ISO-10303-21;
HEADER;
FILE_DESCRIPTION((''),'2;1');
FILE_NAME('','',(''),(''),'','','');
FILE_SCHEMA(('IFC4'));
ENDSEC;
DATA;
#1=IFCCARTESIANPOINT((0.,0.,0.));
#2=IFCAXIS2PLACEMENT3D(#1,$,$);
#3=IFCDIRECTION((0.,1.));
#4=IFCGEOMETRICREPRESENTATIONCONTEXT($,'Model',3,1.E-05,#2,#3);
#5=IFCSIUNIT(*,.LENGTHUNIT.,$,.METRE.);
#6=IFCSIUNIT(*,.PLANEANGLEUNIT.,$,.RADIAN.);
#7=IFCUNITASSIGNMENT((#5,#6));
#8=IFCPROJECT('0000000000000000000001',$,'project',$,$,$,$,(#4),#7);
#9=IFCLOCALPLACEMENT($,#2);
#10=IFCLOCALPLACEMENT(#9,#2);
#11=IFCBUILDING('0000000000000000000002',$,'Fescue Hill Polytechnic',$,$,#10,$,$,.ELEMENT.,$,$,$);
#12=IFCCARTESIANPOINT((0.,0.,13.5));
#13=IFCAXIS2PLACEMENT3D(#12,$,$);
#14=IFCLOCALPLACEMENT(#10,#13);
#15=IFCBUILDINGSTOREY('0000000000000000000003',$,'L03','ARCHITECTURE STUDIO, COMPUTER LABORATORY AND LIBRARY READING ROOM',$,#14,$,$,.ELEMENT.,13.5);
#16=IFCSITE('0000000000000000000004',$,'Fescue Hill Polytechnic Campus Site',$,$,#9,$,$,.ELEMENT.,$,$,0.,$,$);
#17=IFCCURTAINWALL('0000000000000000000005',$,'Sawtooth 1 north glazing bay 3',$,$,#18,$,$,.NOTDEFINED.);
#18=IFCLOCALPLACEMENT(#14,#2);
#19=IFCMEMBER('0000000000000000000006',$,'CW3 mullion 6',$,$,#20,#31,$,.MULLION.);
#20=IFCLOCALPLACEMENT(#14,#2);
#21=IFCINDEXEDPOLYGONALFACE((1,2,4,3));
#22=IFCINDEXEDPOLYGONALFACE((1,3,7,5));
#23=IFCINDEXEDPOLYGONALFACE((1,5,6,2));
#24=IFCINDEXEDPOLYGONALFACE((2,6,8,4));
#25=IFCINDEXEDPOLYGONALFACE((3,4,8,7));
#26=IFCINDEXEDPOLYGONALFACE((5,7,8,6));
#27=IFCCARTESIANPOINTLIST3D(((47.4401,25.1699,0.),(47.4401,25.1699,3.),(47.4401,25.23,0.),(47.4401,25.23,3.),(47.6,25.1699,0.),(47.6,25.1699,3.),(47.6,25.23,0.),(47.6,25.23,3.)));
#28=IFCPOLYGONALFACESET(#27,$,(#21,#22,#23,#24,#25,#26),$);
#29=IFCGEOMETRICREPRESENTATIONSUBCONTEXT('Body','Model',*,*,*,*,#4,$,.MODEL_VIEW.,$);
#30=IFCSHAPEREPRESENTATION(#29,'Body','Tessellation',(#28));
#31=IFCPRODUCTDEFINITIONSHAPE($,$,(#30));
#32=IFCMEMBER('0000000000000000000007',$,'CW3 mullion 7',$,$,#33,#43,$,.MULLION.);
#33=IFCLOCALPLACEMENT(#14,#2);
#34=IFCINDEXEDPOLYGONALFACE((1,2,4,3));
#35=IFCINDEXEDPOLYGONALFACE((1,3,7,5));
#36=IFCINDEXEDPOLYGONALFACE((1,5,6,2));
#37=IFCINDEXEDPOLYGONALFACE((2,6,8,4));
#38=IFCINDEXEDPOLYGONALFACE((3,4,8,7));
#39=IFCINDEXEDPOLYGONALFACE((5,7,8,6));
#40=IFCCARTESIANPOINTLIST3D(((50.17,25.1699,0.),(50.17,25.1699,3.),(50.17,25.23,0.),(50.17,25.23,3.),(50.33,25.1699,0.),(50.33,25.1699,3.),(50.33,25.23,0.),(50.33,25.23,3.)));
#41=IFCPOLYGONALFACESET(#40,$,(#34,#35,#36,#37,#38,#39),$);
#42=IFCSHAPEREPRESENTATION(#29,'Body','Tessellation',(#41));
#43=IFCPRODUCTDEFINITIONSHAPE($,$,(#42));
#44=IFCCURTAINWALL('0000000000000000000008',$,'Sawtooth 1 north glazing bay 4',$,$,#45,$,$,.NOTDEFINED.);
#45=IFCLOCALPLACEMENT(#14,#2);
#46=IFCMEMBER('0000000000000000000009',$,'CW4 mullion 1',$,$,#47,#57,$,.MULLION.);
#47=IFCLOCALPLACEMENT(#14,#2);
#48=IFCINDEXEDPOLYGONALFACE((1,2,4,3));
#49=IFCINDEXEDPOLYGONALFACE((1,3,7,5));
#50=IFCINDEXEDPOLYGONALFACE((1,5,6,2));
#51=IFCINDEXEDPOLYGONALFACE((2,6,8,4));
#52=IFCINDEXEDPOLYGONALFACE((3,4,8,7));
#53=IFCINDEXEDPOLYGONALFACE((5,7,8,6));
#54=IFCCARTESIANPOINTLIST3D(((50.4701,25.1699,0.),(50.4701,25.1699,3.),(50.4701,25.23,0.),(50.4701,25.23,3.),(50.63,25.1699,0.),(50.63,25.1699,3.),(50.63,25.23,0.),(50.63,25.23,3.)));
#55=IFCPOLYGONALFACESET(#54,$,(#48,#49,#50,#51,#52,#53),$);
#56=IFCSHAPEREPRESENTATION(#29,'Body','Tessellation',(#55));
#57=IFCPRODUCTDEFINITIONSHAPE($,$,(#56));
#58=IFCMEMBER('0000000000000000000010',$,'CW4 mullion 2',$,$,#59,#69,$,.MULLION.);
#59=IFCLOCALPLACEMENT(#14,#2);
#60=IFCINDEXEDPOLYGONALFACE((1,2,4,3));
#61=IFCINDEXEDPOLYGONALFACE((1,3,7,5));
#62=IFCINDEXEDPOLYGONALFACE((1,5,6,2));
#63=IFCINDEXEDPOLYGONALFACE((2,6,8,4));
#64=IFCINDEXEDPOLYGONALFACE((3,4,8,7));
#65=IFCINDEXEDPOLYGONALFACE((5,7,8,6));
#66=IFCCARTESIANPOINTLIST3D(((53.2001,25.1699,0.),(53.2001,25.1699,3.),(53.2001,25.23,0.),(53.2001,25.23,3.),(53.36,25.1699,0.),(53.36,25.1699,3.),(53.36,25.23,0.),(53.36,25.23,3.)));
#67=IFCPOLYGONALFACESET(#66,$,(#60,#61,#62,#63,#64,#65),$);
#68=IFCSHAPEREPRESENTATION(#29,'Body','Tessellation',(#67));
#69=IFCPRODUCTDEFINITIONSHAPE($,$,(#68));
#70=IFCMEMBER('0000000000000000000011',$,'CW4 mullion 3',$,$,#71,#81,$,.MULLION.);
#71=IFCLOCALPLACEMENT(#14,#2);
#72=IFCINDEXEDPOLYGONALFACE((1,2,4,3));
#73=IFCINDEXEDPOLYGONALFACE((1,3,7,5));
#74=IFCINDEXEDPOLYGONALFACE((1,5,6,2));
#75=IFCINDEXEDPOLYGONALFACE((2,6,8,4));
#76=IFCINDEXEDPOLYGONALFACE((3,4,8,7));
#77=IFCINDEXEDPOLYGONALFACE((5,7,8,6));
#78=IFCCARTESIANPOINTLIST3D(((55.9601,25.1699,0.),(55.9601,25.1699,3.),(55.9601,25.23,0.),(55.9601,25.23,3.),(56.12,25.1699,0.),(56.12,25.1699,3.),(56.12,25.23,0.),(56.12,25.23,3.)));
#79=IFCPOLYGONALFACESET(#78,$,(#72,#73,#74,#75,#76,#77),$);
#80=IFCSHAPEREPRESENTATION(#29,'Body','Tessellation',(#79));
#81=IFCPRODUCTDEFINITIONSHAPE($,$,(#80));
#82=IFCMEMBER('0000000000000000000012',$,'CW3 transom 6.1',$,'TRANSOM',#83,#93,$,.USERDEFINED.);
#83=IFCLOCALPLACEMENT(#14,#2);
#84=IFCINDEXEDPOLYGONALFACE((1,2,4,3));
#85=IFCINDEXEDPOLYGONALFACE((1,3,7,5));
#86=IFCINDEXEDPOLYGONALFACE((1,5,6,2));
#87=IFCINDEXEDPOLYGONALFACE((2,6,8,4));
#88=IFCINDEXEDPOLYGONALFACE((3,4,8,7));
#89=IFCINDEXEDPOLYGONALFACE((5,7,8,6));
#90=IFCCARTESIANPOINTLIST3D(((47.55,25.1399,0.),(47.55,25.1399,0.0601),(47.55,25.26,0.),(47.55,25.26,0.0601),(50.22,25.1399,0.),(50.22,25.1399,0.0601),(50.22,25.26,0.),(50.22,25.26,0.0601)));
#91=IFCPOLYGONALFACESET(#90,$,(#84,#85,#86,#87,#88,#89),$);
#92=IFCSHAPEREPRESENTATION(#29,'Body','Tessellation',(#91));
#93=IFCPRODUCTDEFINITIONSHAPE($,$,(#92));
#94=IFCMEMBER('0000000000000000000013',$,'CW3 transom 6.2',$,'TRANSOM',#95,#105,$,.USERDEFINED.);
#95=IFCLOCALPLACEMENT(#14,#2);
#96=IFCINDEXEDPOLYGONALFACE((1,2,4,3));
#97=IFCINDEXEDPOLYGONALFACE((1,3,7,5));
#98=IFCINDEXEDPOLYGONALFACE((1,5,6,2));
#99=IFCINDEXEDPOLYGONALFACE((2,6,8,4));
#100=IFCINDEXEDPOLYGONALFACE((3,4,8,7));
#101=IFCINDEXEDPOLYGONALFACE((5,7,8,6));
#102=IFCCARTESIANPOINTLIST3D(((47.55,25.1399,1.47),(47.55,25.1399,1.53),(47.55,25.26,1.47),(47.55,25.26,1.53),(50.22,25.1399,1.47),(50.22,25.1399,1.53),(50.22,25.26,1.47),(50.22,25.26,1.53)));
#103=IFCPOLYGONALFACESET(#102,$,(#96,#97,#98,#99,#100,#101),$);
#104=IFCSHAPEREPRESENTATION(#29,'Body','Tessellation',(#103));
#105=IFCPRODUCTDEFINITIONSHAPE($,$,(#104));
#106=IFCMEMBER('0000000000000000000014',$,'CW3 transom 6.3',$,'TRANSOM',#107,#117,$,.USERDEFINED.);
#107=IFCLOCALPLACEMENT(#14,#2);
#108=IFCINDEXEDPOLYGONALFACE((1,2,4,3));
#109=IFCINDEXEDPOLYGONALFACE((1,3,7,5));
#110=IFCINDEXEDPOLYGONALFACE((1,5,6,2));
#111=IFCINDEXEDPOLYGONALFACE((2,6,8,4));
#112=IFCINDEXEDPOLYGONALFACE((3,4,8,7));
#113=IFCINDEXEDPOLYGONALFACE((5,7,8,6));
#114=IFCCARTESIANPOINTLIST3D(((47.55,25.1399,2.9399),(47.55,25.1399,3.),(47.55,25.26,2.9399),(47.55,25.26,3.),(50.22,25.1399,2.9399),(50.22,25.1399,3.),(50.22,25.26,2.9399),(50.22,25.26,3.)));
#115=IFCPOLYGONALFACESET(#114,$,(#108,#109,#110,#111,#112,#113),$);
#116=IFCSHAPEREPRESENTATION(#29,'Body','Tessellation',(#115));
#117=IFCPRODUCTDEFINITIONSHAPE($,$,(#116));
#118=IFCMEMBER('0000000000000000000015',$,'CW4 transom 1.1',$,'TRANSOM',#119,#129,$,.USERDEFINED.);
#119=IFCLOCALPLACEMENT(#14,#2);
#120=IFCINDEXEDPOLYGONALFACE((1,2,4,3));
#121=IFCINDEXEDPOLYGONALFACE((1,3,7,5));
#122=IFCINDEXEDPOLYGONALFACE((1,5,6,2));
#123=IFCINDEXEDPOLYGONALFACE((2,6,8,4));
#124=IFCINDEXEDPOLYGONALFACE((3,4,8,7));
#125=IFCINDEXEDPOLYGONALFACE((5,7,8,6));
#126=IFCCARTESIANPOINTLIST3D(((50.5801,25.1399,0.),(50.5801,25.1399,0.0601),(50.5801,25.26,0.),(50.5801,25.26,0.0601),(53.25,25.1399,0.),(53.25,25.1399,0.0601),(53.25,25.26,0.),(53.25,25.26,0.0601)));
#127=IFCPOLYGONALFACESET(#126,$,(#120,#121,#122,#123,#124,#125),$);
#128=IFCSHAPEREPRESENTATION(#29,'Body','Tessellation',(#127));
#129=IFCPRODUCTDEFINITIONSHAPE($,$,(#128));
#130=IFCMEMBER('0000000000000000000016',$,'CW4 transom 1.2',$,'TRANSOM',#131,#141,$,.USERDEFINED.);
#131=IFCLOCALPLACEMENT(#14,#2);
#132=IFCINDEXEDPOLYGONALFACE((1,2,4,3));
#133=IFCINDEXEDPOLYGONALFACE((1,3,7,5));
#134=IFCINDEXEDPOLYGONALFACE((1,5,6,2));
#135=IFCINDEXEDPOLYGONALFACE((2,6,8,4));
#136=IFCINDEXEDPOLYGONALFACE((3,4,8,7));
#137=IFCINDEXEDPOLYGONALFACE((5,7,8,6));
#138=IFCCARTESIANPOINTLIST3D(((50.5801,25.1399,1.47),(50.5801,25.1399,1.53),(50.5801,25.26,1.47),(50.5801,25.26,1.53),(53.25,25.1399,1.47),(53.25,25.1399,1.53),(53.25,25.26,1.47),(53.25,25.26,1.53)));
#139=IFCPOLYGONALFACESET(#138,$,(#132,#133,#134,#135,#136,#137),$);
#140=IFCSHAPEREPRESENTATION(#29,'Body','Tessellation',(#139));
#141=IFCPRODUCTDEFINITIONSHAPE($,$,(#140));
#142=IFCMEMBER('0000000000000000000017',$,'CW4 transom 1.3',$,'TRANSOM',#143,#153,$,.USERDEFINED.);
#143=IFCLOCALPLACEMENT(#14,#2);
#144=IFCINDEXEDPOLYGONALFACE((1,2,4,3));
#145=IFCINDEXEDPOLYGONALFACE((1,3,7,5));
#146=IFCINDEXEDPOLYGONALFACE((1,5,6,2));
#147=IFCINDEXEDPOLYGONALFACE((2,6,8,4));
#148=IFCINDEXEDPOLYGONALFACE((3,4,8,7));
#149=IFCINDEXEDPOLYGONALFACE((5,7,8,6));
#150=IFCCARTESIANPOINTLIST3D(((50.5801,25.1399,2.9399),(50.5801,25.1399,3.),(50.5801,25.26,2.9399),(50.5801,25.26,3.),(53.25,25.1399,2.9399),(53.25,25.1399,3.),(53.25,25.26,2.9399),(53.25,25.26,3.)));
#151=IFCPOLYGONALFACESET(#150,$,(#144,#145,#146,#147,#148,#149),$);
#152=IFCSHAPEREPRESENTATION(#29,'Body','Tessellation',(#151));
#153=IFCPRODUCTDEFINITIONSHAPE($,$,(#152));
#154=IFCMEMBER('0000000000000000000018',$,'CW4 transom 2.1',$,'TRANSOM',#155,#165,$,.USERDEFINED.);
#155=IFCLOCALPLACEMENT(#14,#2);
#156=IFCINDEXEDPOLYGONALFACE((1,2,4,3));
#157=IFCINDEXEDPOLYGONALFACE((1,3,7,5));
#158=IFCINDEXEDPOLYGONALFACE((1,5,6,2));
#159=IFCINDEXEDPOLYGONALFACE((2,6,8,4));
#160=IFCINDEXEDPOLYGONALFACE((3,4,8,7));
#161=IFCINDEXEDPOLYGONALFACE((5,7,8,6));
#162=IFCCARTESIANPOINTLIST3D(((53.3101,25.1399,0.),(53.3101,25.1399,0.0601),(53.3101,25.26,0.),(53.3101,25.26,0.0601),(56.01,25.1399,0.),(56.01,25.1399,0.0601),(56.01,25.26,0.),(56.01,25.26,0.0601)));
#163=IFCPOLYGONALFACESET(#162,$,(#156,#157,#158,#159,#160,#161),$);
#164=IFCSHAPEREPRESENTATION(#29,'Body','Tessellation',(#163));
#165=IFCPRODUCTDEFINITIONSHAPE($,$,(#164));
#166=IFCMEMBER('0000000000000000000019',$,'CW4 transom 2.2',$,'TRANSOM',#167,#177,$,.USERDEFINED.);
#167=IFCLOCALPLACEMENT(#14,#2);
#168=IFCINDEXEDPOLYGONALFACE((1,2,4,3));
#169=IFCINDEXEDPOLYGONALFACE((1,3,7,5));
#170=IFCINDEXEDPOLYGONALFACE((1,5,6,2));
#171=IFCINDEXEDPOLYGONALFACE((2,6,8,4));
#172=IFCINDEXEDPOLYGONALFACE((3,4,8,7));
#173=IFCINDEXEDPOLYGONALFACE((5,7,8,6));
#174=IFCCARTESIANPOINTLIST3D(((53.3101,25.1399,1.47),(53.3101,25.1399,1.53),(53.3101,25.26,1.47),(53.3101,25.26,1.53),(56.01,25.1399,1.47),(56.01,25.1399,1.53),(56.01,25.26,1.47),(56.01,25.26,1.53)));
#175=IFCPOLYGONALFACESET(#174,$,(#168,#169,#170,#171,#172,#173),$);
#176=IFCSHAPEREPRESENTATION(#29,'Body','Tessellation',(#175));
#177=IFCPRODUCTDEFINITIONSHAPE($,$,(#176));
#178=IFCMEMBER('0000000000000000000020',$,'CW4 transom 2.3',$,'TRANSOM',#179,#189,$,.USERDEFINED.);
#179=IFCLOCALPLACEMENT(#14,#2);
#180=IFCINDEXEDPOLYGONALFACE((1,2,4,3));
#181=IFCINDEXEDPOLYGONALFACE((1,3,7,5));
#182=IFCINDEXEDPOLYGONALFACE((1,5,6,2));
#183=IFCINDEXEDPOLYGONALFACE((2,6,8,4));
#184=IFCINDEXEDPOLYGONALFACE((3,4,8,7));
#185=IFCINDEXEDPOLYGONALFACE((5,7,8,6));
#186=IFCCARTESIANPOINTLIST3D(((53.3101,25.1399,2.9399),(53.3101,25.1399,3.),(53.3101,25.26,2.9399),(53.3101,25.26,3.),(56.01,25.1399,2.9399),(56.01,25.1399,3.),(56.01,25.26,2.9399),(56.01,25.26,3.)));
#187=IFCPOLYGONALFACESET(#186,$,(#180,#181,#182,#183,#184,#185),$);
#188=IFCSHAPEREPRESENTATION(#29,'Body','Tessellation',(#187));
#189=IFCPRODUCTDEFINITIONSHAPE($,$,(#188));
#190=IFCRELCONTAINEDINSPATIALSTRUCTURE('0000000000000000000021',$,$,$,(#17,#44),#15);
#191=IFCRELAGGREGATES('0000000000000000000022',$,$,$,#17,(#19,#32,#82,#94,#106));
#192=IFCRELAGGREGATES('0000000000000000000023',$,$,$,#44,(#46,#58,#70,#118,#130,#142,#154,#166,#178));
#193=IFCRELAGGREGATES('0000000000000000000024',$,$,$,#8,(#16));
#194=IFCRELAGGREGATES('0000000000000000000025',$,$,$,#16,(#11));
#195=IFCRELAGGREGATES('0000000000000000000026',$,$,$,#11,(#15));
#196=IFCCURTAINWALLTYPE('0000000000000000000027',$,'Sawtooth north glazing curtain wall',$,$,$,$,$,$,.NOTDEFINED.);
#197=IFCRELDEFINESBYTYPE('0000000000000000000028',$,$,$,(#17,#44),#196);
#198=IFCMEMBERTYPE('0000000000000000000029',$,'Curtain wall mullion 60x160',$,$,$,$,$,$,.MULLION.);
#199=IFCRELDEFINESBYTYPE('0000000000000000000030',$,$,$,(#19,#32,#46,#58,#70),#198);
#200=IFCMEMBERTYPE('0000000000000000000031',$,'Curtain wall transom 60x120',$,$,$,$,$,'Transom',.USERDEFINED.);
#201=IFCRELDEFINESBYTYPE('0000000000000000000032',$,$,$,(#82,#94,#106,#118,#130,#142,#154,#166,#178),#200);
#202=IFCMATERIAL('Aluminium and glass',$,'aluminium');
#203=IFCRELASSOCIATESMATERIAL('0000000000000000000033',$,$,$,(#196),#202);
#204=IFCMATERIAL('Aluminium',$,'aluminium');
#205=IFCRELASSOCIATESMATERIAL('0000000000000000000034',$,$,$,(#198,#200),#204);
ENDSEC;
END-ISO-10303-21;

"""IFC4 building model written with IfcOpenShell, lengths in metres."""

from ifc_helpers import new_model, si_unit, direction, frame, origin, origin_2d, place, context, subcontext, project, spatial, rectangle, extrude, material, material_profile, profile_set, type_object, element, aggregate, save


model = new_model("IFC4")

# Units and contexts
model_context = context("Model", 3, precision=1e-05, world=origin(), true_north=direction((0.0, 1.0)))
body_context = subcontext(model_context, "Body", "Model", "MODEL_VIEW")
ifc_project = project(units=[si_unit("LENGTHUNIT", "METRE"), si_unit("PLANEANGLEUNIT", "RADIAN")], contexts=[model_context])

# Site, building, storey
site_placement = place(None, origin())
site = spatial("IfcSite", under=ifc_project, at=site_placement, Name="Fescue Hill Polytechnic Campus Site", CompositionType="ELEMENT", RefElevation=0.0)
building_placement = place(site_placement, origin())
building = spatial("IfcBuilding", under=site, at=building_placement, Name="Fescue Hill Polytechnic", CompositionType="ELEMENT")
storey_placement = place(building_placement, frame((0.0, 0.0, 13.5)))
storey = spatial("IfcBuildingStorey", under=building, at=storey_placement, Name="L03", Description="ARCHITECTURE STUDIO, COMPUTER LABORATORY AND LIBRARY READING ROOM", CompositionType="ELEMENT", Elevation=13.5)

# Curtain walls, members
ifc_material_1 = material(Name="Aluminium and glass", Category="aluminium")
curtain_wall_type = type_object("IfcCurtainWallType", Name="Sawtooth north glazing curtain wall", PredefinedType="NOTDEFINED", material=ifc_material_1)
curtain_wall_1_placement = place(storey_placement, origin())
curtain_wall_1 = element("IfcCurtainWall", 1, at=curtain_wall_1_placement, inside=storey, type_object=curtain_wall_type, Name="Sawtooth 1 north glazing bay 3", PredefinedType="NOTDEFINED")
ifc_material_2 = material(Name="Aluminium", Category="aluminium")
ifc_material_profile_1 = material_profile(ifc_material_2, rectangle(XDim=0.0601, YDim=0.1599, at=origin_2d()), Name="Curtain wall mullion 60x160")
ifc_profile_set_1 = profile_set([ifc_material_profile_1], Name="Aluminium")
member_type_1 = type_object("IfcMemberType", Name="Curtain wall mullion 60x160", PredefinedType="MULLION", material=ifc_profile_set_1)
member_1_placement = place(storey_placement, frame((47.52, 25.2, 0.0), z_axis=(0.0, 0.0, 1.0), x_axis=(0.0, 1.0, 0.0)))
member_1 = element("IfcMember", 2, at=member_1_placement, type_object=member_type_1, Name="CW3 mullion 6", PredefinedType="MULLION", context=body_context, shape_type="SweptSolid", body=[
    extrude(rectangle(XDim=0.0601, YDim=0.1599, at=origin_2d()), origin(), (0.0, 0.0, 1.0), 3.0),
])
member_2_placement = place(storey_placement, frame((50.25, 25.2, 0.0), z_axis=(0.0, 0.0, 1.0), x_axis=(0.0, 1.0, 0.0)))
member_2 = element("IfcMember", 3, at=member_2_placement, type_object=member_type_1, Name="CW3 mullion 7", PredefinedType="MULLION", context=body_context, shape_type="SweptSolid", body=[
    extrude(rectangle(XDim=0.0601, YDim=0.1599, at=origin_2d()), origin(), (0.0, 0.0, 1.0), 3.0),
])
curtain_wall_2_placement = place(storey_placement, origin())
curtain_wall_2 = element("IfcCurtainWall", 4, at=curtain_wall_2_placement, inside=storey, type_object=curtain_wall_type, Name="Sawtooth 1 north glazing bay 4", PredefinedType="NOTDEFINED")
member_3_placement = place(storey_placement, frame((50.55, 25.2, 0.0), z_axis=(0.0, 0.0, 1.0), x_axis=(0.0, 1.0, 0.0)))
member_3 = element("IfcMember", 5, at=member_3_placement, type_object=member_type_1, Name="CW4 mullion 1", PredefinedType="MULLION", context=body_context, shape_type="SweptSolid", body=[
    extrude(rectangle(XDim=0.0601, YDim=0.1599, at=origin_2d()), origin(), (0.0, 0.0, 1.0), 3.0),
])
member_4_placement = place(storey_placement, frame((53.28, 25.2, 0.0), z_axis=(0.0, 0.0, 1.0), x_axis=(0.0, 1.0, 0.0)))
member_4 = element("IfcMember", 6, at=member_4_placement, type_object=member_type_1, Name="CW4 mullion 2", PredefinedType="MULLION", context=body_context, shape_type="SweptSolid", body=[
    extrude(rectangle(XDim=0.0601, YDim=0.1599, at=origin_2d()), origin(), (0.0, 0.0, 1.0), 3.0),
])
member_5_placement = place(storey_placement, frame((56.04, 25.2, 0.0), z_axis=(0.0, 0.0, 1.0), x_axis=(0.0, 1.0, 0.0)))
member_5 = element("IfcMember", 7, at=member_5_placement, type_object=member_type_1, Name="CW4 mullion 3", PredefinedType="MULLION", context=body_context, shape_type="SweptSolid", body=[
    extrude(rectangle(XDim=0.0601, YDim=0.1599, at=origin_2d()), origin(), (0.0, 0.0, 1.0), 3.0),
])

# Members
ifc_material_profile_2 = material_profile(ifc_material_2, rectangle(XDim=0.1201, YDim=0.0601, at=origin_2d()), Name="Curtain wall transom 60x120")
ifc_profile_set_2 = profile_set([ifc_material_profile_2], Name="Aluminium")
member_type_2 = type_object("IfcMemberType", Name="Curtain wall transom 60x120", ElementType="Transom", PredefinedType="USERDEFINED", material=ifc_profile_set_2)
member_6_placement = place(storey_placement, frame((47.55, 25.2, 0.03), z_axis=(1.0, 0.0, 0.0), x_axis=(0.0, 1.0, 0.0)))
member_6 = element("IfcMember", 8, at=member_6_placement, type_object=member_type_2, Name="CW3 transom 6.1", ObjectType="TRANSOM", PredefinedType="USERDEFINED", context=body_context, shape_type="SweptSolid", body=[
    extrude(rectangle(XDim=0.1201, YDim=0.0601, at=origin_2d()), origin(), (0.0, 0.0, 1.0), 2.6699),
])
member_7_placement = place(storey_placement, frame((47.55, 25.2, 1.5), z_axis=(1.0, 0.0, 0.0), x_axis=(0.0, 1.0, 0.0)))
member_7 = element("IfcMember", 9, at=member_7_placement, type_object=member_type_2, Name="CW3 transom 6.2", ObjectType="TRANSOM", PredefinedType="USERDEFINED", context=body_context, shape_type="SweptSolid", body=[
    extrude(rectangle(XDim=0.1201, YDim=0.0601, at=origin_2d()), origin(), (0.0, 0.0, 1.0), 2.6699),
])
member_8_placement = place(storey_placement, frame((47.55, 25.2, 2.97), z_axis=(1.0, 0.0, 0.0), x_axis=(0.0, 1.0, 0.0)))
member_8 = element("IfcMember", 10, at=member_8_placement, type_object=member_type_2, Name="CW3 transom 6.3", ObjectType="TRANSOM", PredefinedType="USERDEFINED", context=body_context, shape_type="SweptSolid", body=[
    extrude(rectangle(XDim=0.1201, YDim=0.0601, at=origin_2d()), origin(), (0.0, 0.0, 1.0), 2.6699),
])
member_9_placement = place(storey_placement, frame((50.5801, 25.2, 0.03), z_axis=(1.0, 0.0, 0.0), x_axis=(0.0, 1.0, 0.0)))
member_9 = element("IfcMember", 11, at=member_9_placement, type_object=member_type_2, Name="CW4 transom 1.1", ObjectType="TRANSOM", PredefinedType="USERDEFINED", context=body_context, shape_type="SweptSolid", body=[
    extrude(rectangle(XDim=0.1201, YDim=0.0601, at=origin_2d()), origin(), (0.0, 0.0, 1.0), 2.6699),
])
member_10_placement = place(storey_placement, frame((50.5801, 25.2, 1.5), z_axis=(1.0, 0.0, 0.0), x_axis=(0.0, 1.0, 0.0)))
member_10 = element("IfcMember", 12, at=member_10_placement, type_object=member_type_2, Name="CW4 transom 1.2", ObjectType="TRANSOM", PredefinedType="USERDEFINED", context=body_context, shape_type="SweptSolid", body=[
    extrude(rectangle(XDim=0.1201, YDim=0.0601, at=origin_2d()), origin(), (0.0, 0.0, 1.0), 2.6699),
])
member_11_placement = place(storey_placement, frame((50.5801, 25.2, 2.97), z_axis=(1.0, 0.0, 0.0), x_axis=(0.0, 1.0, 0.0)))
member_11 = element("IfcMember", 13, at=member_11_placement, type_object=member_type_2, Name="CW4 transom 1.3", ObjectType="TRANSOM", PredefinedType="USERDEFINED", context=body_context, shape_type="SweptSolid", body=[
    extrude(rectangle(XDim=0.1201, YDim=0.0601, at=origin_2d()), origin(), (0.0, 0.0, 1.0), 2.6699),
])
member_12_placement = place(storey_placement, frame((53.3101, 25.2, 0.03), z_axis=(1.0, 0.0, 0.0), x_axis=(0.0, 1.0, 0.0)))
member_12 = element("IfcMember", 14, at=member_12_placement, type_object=member_type_2, Name="CW4 transom 2.1", ObjectType="TRANSOM", PredefinedType="USERDEFINED", context=body_context, shape_type="SweptSolid", body=[
    extrude(rectangle(XDim=0.1201, YDim=0.0601, at=origin_2d()), origin(), (0.0, 0.0, 1.0), 2.7),
])
member_13_placement = place(storey_placement, frame((53.3101, 25.2, 1.5), z_axis=(1.0, 0.0, 0.0), x_axis=(0.0, 1.0, 0.0)))
member_13 = element("IfcMember", 15, at=member_13_placement, type_object=member_type_2, Name="CW4 transom 2.2", ObjectType="TRANSOM", PredefinedType="USERDEFINED", context=body_context, shape_type="SweptSolid", body=[
    extrude(rectangle(XDim=0.1201, YDim=0.0601, at=origin_2d()), origin(), (0.0, 0.0, 1.0), 2.7),
])
member_14_placement = place(storey_placement, frame((53.3101, 25.2, 2.97), z_axis=(1.0, 0.0, 0.0), x_axis=(0.0, 1.0, 0.0)))
member_14 = element("IfcMember", 16, at=member_14_placement, type_object=member_type_2, Name="CW4 transom 2.3", ObjectType="TRANSOM", PredefinedType="USERDEFINED", context=body_context, shape_type="SweptSolid", body=[
    extrude(rectangle(XDim=0.1201, YDim=0.0601, at=origin_2d()), origin(), (0.0, 0.0, 1.0), 2.7),
])

aggregate(curtain_wall_1, [member_1, member_2, member_6, member_7, member_8])
aggregate(curtain_wall_2, [member_3, member_4, member_5, member_9, member_10, member_11, member_12, member_13, member_14])

save(model, "model.ifc")
